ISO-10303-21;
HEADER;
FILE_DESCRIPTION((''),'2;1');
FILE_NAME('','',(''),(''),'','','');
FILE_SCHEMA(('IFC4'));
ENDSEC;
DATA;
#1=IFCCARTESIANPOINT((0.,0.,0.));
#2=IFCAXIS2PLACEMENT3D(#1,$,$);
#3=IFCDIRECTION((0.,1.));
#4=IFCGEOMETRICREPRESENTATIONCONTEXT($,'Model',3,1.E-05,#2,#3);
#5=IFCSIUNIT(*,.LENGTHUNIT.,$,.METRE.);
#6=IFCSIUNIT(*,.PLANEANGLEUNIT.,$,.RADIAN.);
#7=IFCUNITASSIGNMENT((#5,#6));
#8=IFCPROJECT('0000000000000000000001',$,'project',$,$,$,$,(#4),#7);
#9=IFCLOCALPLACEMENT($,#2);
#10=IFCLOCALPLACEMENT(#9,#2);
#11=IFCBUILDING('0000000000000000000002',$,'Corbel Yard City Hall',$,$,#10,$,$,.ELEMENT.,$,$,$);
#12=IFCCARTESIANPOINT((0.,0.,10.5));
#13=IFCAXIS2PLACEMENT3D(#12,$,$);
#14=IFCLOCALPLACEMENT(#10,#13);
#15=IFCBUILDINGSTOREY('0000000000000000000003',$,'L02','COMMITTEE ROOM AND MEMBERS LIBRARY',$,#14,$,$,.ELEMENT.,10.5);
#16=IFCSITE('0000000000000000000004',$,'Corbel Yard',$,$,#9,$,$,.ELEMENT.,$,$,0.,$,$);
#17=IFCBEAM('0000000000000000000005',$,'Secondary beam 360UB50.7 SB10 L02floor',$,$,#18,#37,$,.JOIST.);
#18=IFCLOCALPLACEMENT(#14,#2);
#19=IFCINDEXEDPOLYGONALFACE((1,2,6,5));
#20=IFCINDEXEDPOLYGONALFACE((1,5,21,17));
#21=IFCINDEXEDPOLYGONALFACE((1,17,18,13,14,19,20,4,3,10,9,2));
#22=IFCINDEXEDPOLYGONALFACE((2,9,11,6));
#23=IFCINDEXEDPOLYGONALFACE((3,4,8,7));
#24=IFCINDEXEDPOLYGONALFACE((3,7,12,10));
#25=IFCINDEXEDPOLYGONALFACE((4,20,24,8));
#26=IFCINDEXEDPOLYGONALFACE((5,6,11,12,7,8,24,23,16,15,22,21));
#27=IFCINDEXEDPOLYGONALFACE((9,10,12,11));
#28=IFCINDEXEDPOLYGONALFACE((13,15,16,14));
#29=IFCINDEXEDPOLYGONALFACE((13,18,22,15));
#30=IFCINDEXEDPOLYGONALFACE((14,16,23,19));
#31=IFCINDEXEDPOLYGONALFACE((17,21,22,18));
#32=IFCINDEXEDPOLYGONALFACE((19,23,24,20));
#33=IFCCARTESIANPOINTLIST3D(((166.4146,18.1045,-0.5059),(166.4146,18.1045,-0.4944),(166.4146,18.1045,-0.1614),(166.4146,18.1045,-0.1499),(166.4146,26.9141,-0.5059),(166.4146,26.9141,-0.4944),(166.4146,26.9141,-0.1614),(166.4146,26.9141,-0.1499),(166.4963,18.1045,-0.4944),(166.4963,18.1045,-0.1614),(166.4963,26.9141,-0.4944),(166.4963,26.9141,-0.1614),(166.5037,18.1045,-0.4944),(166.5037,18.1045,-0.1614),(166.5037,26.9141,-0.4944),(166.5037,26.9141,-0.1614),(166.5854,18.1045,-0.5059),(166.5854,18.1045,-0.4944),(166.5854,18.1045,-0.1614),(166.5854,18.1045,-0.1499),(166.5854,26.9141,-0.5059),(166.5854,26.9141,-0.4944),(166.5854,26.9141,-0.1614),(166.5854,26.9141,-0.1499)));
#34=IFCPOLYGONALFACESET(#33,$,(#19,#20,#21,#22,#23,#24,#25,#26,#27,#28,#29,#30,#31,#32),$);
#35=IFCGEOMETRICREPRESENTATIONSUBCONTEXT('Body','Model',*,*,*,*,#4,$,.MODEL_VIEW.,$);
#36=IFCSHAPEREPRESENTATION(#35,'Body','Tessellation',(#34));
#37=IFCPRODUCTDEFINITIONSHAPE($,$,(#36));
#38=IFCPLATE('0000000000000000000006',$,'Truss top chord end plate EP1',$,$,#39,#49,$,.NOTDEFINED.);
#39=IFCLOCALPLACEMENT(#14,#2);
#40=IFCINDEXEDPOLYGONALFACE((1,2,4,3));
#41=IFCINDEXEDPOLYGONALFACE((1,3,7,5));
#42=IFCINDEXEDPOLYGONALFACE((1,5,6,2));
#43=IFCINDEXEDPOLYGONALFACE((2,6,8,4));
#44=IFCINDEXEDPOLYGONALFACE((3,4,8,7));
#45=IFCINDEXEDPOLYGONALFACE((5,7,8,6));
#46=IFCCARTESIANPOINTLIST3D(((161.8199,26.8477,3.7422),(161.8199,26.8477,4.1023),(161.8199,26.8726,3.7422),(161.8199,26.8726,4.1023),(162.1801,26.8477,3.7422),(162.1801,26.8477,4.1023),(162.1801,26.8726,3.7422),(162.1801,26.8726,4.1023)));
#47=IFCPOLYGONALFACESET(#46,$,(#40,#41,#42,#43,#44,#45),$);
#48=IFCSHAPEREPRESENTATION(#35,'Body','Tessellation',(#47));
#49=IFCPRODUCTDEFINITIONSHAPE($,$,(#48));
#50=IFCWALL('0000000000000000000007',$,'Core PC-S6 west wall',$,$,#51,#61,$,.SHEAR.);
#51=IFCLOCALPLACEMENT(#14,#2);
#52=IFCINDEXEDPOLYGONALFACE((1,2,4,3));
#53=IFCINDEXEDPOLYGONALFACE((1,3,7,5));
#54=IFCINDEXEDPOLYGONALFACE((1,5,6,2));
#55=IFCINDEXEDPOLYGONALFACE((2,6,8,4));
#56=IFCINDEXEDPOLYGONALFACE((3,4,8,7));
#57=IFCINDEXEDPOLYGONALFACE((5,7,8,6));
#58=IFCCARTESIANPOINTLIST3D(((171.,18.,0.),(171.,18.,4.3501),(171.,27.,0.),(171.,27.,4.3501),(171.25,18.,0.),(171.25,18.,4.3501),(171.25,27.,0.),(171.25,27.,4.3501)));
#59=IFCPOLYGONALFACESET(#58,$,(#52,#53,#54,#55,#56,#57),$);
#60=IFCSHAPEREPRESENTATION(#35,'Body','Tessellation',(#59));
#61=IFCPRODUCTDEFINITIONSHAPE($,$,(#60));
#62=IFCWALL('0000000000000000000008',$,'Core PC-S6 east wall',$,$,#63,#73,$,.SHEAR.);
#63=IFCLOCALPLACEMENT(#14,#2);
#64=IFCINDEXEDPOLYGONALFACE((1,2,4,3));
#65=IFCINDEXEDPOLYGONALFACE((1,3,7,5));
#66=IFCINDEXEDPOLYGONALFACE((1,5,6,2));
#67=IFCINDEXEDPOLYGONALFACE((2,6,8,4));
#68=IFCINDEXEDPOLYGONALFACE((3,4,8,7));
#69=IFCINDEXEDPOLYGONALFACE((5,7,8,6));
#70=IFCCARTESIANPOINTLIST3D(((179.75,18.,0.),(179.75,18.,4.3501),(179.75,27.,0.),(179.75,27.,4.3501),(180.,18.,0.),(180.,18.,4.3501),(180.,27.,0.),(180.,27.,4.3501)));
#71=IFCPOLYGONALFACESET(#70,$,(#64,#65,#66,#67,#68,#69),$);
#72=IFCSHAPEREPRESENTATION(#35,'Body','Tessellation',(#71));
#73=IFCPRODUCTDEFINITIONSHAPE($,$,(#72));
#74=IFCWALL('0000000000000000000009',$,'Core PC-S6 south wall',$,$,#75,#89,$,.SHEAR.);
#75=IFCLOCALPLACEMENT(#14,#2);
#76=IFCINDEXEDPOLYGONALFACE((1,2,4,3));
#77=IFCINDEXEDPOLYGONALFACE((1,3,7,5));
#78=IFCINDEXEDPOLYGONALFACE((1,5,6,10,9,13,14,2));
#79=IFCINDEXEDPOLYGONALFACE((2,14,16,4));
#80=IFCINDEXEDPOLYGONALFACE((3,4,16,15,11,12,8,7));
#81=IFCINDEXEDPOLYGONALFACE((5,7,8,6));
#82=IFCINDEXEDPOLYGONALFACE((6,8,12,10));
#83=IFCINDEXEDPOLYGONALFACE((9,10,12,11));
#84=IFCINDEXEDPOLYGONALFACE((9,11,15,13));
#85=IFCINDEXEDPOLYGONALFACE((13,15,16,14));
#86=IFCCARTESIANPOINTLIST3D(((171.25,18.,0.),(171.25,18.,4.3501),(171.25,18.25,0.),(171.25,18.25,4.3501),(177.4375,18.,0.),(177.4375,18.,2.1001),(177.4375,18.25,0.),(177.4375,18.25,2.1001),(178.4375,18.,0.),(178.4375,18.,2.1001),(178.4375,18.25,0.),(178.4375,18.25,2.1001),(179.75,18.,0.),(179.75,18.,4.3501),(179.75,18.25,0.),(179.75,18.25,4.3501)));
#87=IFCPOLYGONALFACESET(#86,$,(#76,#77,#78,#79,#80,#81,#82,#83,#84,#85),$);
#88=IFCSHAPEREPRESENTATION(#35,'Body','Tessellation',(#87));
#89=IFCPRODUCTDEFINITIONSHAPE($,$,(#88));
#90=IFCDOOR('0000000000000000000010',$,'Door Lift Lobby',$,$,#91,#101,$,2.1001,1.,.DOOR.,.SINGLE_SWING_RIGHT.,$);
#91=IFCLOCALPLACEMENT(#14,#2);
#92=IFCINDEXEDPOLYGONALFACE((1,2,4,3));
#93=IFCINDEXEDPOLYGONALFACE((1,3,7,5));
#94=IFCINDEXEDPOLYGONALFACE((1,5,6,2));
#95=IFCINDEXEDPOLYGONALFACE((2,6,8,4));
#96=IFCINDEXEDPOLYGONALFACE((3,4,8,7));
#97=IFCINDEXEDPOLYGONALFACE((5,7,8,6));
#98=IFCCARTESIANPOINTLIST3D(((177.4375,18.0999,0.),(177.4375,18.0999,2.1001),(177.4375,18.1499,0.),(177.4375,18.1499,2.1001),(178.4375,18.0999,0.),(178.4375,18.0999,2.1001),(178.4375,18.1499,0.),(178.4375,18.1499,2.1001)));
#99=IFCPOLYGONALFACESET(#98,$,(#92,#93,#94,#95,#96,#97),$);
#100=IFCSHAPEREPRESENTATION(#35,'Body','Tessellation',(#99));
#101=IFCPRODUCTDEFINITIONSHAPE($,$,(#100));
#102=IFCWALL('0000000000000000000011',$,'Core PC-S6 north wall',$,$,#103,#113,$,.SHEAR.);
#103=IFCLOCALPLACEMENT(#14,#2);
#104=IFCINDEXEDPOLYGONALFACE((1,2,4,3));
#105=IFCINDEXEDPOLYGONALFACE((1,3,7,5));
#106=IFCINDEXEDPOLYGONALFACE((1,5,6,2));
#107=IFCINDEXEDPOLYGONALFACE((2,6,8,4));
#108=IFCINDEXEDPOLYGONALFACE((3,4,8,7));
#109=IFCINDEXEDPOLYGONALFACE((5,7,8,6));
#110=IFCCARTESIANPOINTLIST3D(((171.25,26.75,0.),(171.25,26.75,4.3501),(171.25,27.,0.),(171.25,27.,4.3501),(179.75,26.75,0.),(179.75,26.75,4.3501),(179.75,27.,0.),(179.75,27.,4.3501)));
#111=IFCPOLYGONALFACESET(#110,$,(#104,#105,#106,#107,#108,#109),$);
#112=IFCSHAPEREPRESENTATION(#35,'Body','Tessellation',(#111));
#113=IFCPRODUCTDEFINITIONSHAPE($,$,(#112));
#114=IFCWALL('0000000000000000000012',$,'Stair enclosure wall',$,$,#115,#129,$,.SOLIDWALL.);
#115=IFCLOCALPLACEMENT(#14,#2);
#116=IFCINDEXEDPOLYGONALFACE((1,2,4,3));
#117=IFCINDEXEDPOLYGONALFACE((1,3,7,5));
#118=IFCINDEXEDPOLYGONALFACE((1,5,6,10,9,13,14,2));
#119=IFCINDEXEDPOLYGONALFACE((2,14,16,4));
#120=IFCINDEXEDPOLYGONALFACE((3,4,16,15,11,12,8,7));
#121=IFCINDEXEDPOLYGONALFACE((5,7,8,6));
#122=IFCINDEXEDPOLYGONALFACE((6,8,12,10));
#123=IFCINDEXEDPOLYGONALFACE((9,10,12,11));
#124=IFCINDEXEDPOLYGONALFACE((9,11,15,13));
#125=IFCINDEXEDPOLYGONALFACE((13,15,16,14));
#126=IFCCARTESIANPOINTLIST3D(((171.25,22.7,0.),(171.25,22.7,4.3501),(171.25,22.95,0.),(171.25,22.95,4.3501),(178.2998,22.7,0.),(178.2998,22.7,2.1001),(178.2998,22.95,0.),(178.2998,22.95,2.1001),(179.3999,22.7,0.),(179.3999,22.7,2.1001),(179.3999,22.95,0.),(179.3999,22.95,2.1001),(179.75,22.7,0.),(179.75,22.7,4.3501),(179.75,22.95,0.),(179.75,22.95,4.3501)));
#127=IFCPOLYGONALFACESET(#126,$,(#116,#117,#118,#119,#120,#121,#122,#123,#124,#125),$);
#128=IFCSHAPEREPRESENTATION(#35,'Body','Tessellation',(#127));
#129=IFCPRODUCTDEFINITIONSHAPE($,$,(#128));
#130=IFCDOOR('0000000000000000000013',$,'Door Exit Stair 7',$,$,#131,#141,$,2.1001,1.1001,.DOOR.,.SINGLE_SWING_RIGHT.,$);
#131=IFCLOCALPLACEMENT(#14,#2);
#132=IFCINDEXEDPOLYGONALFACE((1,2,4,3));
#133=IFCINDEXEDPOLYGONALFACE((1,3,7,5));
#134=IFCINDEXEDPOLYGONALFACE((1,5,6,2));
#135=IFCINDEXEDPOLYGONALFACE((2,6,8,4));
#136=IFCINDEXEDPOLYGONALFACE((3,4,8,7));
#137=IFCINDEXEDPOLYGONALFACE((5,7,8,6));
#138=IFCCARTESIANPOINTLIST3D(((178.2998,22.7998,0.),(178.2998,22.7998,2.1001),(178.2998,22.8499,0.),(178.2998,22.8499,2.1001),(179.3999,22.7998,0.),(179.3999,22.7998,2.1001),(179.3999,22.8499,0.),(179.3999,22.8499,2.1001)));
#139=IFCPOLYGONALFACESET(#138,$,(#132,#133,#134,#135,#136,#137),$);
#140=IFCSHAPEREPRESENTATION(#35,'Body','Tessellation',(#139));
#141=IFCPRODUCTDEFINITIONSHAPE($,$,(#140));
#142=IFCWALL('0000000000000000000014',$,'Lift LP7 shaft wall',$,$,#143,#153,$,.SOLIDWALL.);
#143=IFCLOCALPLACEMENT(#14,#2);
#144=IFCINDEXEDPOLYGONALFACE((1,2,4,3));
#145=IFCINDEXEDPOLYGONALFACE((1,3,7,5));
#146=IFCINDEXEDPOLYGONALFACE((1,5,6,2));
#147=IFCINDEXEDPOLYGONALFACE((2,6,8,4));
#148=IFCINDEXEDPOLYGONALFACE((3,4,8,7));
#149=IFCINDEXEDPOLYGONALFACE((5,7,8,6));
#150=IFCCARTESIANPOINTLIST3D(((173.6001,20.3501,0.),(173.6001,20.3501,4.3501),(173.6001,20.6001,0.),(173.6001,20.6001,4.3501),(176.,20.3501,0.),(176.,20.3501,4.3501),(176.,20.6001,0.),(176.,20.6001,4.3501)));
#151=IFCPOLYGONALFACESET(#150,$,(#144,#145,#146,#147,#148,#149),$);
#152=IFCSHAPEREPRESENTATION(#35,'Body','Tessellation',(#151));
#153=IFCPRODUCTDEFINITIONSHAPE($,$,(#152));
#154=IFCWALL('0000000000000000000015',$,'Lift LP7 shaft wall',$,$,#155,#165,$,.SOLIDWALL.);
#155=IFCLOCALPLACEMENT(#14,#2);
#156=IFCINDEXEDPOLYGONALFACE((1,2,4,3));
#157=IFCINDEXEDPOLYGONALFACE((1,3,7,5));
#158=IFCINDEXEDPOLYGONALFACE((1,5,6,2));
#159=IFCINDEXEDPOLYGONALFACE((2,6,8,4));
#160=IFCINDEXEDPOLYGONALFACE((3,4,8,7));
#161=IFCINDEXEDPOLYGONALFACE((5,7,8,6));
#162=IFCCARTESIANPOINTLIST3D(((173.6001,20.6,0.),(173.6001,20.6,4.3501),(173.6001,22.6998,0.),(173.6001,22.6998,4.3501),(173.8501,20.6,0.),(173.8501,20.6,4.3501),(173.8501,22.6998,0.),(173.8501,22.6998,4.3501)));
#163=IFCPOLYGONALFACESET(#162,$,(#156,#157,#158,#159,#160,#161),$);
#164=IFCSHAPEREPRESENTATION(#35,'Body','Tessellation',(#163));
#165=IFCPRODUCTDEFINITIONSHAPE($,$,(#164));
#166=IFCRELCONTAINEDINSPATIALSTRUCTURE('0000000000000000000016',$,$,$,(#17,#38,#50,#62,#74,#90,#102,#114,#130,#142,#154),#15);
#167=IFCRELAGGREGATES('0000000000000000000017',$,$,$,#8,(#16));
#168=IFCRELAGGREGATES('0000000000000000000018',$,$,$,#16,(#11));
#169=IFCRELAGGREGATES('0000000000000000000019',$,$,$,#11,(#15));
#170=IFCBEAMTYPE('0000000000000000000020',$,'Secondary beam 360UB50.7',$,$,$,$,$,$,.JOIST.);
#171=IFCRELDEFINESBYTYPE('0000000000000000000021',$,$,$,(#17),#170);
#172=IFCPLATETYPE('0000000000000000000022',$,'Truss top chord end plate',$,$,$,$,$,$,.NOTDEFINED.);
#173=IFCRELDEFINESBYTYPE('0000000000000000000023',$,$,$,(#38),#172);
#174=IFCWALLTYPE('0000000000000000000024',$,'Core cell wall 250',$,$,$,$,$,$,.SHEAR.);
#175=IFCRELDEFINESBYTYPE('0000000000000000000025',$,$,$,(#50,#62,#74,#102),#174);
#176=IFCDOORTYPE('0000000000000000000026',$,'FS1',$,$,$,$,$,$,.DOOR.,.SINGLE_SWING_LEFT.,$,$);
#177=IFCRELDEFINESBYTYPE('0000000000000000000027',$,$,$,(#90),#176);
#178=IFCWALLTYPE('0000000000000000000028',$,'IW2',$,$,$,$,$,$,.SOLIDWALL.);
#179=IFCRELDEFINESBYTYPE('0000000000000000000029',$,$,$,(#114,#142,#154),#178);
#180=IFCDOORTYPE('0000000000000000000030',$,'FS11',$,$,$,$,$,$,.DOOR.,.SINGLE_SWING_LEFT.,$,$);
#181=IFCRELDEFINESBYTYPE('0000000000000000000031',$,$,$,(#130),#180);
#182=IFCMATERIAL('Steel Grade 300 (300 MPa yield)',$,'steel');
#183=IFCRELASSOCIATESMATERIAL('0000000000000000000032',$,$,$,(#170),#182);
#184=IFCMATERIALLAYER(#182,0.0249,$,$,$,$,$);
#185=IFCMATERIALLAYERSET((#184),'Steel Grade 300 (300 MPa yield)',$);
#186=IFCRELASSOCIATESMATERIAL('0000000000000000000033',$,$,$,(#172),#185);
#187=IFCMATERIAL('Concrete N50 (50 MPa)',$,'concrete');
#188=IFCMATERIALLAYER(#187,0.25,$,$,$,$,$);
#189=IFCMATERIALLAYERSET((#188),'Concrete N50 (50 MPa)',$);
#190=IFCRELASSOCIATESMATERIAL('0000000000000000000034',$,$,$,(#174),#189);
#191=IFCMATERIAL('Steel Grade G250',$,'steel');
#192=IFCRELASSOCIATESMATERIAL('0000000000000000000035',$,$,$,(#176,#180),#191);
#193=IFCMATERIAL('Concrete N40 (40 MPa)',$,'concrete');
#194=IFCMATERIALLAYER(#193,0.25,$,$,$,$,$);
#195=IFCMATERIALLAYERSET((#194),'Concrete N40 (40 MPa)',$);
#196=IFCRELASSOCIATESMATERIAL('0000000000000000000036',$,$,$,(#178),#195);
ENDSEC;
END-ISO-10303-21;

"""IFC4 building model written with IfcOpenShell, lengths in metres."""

from ifc_helpers import new_model, si_unit, direction, frame, frame_2d, origin, origin_2d, place, context, subcontext, project, spatial, rectangle, i_section, extrude, material, layer, layer_set, material_profile, profile_set, type_object, element, fill, save


model = new_model("IFC4")

# Units and contexts
model_context = context("Model", 3, precision=1e-05, world=origin(), true_north=direction((0.0, 1.0)))
body_context = subcontext(model_context, "Body", "Model", "MODEL_VIEW")
ifc_project = project(units=[si_unit("LENGTHUNIT", "METRE"), si_unit("PLANEANGLEUNIT", "RADIAN")], contexts=[model_context])

# Site, building, storey
site_placement = place(None, origin())
site = spatial("IfcSite", under=ifc_project, at=site_placement, Name="Corbel Yard", CompositionType="ELEMENT", RefElevation=0.0)
building_placement = place(site_placement, origin())
building = spatial("IfcBuilding", under=site, at=building_placement, Name="Corbel Yard City Hall", CompositionType="ELEMENT")
storey_placement = place(building_placement, frame((0.0, 0.0, 10.5)))
storey = spatial("IfcBuildingStorey", under=building, at=storey_placement, Name="L02", Description="COMMITTEE ROOM AND MEMBERS LIBRARY", CompositionType="ELEMENT", Elevation=10.5)

# Shared definitions
ifc_material_1 = material(Name="Steel Grade 300 (300 MPa yield)", Category="steel")

# Beam
ifc_material_profile_1 = material_profile(ifc_material_1, i_section(OverallWidth=0.1709, OverallDepth=0.356, WebThickness=0.0073, FlangeThickness=0.0115, at=origin_2d()), Name="360UB50.7")
ifc_profile_set_1 = profile_set([ifc_material_profile_1], Name="Steel Grade 300 (300 MPa yield)")
beam_type_1 = type_object("IfcBeamType", Name="Secondary beam 360UB50.7", PredefinedType="JOIST", material=ifc_profile_set_1)
beam_1_placement = place(storey_placement, frame((166.5, 18.1045, -0.3279), z_axis=(0.0, 1.0, 0.0), x_axis=(-1.0, 0.0, 0.0)))
element("IfcBeam", 1, at=beam_1_placement, inside=storey, type_object=beam_type_1, Name="Secondary beam 360UB50.7 SB10 L02floor", PredefinedType="JOIST", context=body_context, shape_type="SweptSolid", body=[
    extrude(i_section(OverallWidth=0.1709, OverallDepth=0.356, WebThickness=0.0073, FlangeThickness=0.0115, at=origin_2d()), origin(), (0.0, 0.0, 1.0), 8.8096),
])

# Plate
ifc_layer_1 = layer(ifc_material_1, 0.0249)
ifc_layer_set_1 = layer_set([ifc_layer_1], Name="Steel Grade 300 (300 MPa yield)")
plate_type = type_object("IfcPlateType", Name="Truss top chord end plate", PredefinedType="NOTDEFINED", material=ifc_layer_set_1)
plate_placement = place(storey_placement, frame((162.0, 26.8601, 3.7422), z_axis=(0.0, 0.0, 1.0), x_axis=(1.0, 0.0, 0.0)))
element("IfcPlate", 2, at=plate_placement, inside=storey, type_object=plate_type, Name="Truss top chord end plate EP1", PredefinedType="NOTDEFINED", context=body_context, shape_type="SweptSolid", body=[
    extrude(rectangle(XDim=0.3601, YDim=0.0249, at=origin_2d()), origin(), (0.0, 0.0, 1.0), 0.3601),
])

# Walls
ifc_material_2 = material(Name="Concrete N50 (50 MPa)", Category="concrete")
ifc_layer_2 = layer(ifc_material_2, 0.25)
ifc_layer_set_2 = layer_set([ifc_layer_2], Name="Concrete N50 (50 MPa)")
wall_type_1 = type_object("IfcWallType", Name="Core cell wall 250", PredefinedType="SHEAR", material=ifc_layer_set_2)
for number, where, z_axis, x_axis, name in (
    (3, (171.125, 18.0, 0.0), (0.0, 0.0, 1.0), (0.0, 1.0, 0.0), "Core PC-S6 west wall"),
    (4, (179.875, 18.0, 0.0), (0.0, 0.0, 1.0), (0.0, 1.0, 0.0), "Core PC-S6 east wall"),
):
    element("IfcWall", number, at=place(storey_placement, frame(where, z_axis=z_axis, x_axis=x_axis)), inside=storey, type_object=wall_type_1, Name=name, PredefinedType="SHEAR", context=body_context, shape_type="SweptSolid", body=[
        extrude(rectangle(XDim=9.0, YDim=0.25, at=frame_2d((4.5, 0.0))), origin(), (0.0, 0.0, 1.0), 4.3501),
    ])

# Wall, opening, door
wall_1_placement = place(storey_placement, frame((171.25, 18.125, 0.0), z_axis=(0.0, 0.0, 1.0), x_axis=(1.0, 0.0, 0.0)))
wall_1 = element("IfcWall", 5, at=wall_1_placement, inside=storey, type_object=wall_type_1, Name="Core PC-S6 south wall", PredefinedType="SHEAR", context=body_context, shape_type="SweptSolid", body=[
    extrude(rectangle(XDim=8.5, YDim=0.25, at=frame_2d((4.25, 0.0))), origin(), (0.0, 0.0, 1.0), 4.3501),
])
opening_1_placement = place(wall_1_placement, frame((6.1875, 0.0, 0.0)))
opening_1 = element("IfcOpeningElement", 6, at=opening_1_placement, cuts=wall_1, PredefinedType="OPENING", context=body_context, shape_type="SweptSolid", body=[
    extrude(rectangle(XDim=1.0, YDim=2.1001, at=frame_2d((0.5, 1.05))), frame((0.0, 0.135, 0.0), z_axis=(0.0, -1.0, 0.0), x_axis=(1.0, 0.0, 0.0)), (0.0, 0.0, 1.0), 0.27),
])
ifc_material_3 = material(Name="Steel Grade G250", Category="steel")
door_type_1 = type_object("IfcDoorType", Name="FS1", OperationType="SINGLE_SWING_LEFT", PredefinedType="DOOR", material=ifc_material_3)
door_1_placement = place(opening_1_placement, origin())
door_1 = element("IfcDoor", 7, at=door_1_placement, inside=storey, type_object=door_type_1, Name="Door Lift Lobby", OperationType="SINGLE_SWING_RIGHT", OverallHeight=2.1001, OverallWidth=1.0, PredefinedType="DOOR", context=body_context, shape_type="SweptSolid", body=[
    extrude(rectangle(XDim=1.0, YDim=2.1001, at=frame_2d((0.5, 1.05))), frame((0.0, 0.0249, 0.0), z_axis=(0.0, -1.0, 0.0), x_axis=(1.0, 0.0, 0.0)), (0.0, 0.0, 1.0), 0.05),
])
fill(opening_1, door_1)

# Wall
wall_2_placement = place(storey_placement, frame((171.25, 26.875, 0.0), z_axis=(0.0, 0.0, 1.0), x_axis=(1.0, 0.0, 0.0)))
element("IfcWall", 8, at=wall_2_placement, inside=storey, type_object=wall_type_1, Name="Core PC-S6 north wall", PredefinedType="SHEAR", context=body_context, shape_type="SweptSolid", body=[
    extrude(rectangle(XDim=8.5, YDim=0.25, at=frame_2d((4.25, 0.0))), origin(), (0.0, 0.0, 1.0), 4.3501),
])

# Wall, opening, door
ifc_material_4 = material(Name="Concrete N40 (40 MPa)", Category="concrete")
ifc_layer_3 = layer(ifc_material_4, 0.25)
ifc_layer_set_3 = layer_set([ifc_layer_3], Name="Concrete N40 (40 MPa)")
wall_type_2 = type_object("IfcWallType", Name="IW2", PredefinedType="SOLIDWALL", material=ifc_layer_set_3)
wall_3_placement = place(storey_placement, frame((179.75, 22.825, 0.0), z_axis=(0.0, 0.0, 1.0), x_axis=(-1.0, 0.0, 0.0)))
wall_3 = element("IfcWall", 9, at=wall_3_placement, inside=storey, type_object=wall_type_2, Name="Stair enclosure wall", PredefinedType="SOLIDWALL", context=body_context, shape_type="SweptSolid", body=[
    extrude(rectangle(XDim=8.5, YDim=0.25, at=frame_2d((4.25, 0.0))), origin(), (0.0, 0.0, 1.0), 4.3501),
])
opening_2_placement = place(wall_3_placement, frame((0.3501, 0.0, 0.0)))
opening_2 = element("IfcOpeningElement", 10, at=opening_2_placement, cuts=wall_3, PredefinedType="OPENING", context=body_context, shape_type="SweptSolid", body=[
    extrude(rectangle(XDim=1.1001, YDim=2.1001, at=frame_2d((0.55, 1.05))), frame((0.0, 0.135, 0.0), z_axis=(0.0, -1.0, 0.0), x_axis=(1.0, 0.0, 0.0)), (0.0, 0.0, 1.0), 0.27),
])
door_type_2 = type_object("IfcDoorType", Name="FS11", OperationType="SINGLE_SWING_LEFT", PredefinedType="DOOR", material=ifc_material_3)
door_2_placement = place(opening_2_placement, frame((1.1001, 0.0, 0.0), z_axis=(0.0, 0.0, 1.0), x_axis=(-1.0, 0.0, 0.0)))
door_2 = element("IfcDoor", 11, at=door_2_placement, inside=storey, type_object=door_type_2, Name="Door Exit Stair 7", OperationType="SINGLE_SWING_RIGHT", OverallHeight=2.1001, OverallWidth=1.1001, PredefinedType="DOOR", context=body_context, shape_type="SweptSolid", body=[
    extrude(rectangle(XDim=1.1001, YDim=2.1001, at=frame_2d((0.55, 1.05))), frame((0.0, 0.0249, 0.0), z_axis=(0.0, -1.0, 0.0), x_axis=(1.0, 0.0, 0.0)), (0.0, 0.0, 1.0), 0.05),
])
fill(opening_2, door_2)

# Walls
wall_4_placement = place(storey_placement, frame((173.6001, 20.4751, 0.0), z_axis=(0.0, 0.0, 1.0), x_axis=(1.0, 0.0, 0.0)))
element("IfcWall", 12, at=wall_4_placement, inside=storey, type_object=wall_type_2, Name="Lift LP7 shaft wall", PredefinedType="SOLIDWALL", context=body_context, shape_type="SweptSolid", body=[
    extrude(rectangle(XDim=2.3999, YDim=0.25, at=frame_2d((1.2, 0.0))), origin(), (0.0, 0.0, 1.0), 4.3501),
])
wall_5_placement = place(storey_placement, frame((173.7251, 20.6001, 0.0), z_axis=(0.0, 0.0, 1.0), x_axis=(0.0, 1.0, 0.0)))
element("IfcWall", 13, at=wall_5_placement, inside=storey, type_object=wall_type_2, Name="Lift LP7 shaft wall", PredefinedType="SOLIDWALL", context=body_context, shape_type="SweptSolid", body=[
    extrude(rectangle(XDim=2.0999, YDim=0.25, at=frame_2d((1.0498, 0.0))), origin(), (0.0, 0.0, 1.0), 4.3501),
])

save(model, "model.ifc")
